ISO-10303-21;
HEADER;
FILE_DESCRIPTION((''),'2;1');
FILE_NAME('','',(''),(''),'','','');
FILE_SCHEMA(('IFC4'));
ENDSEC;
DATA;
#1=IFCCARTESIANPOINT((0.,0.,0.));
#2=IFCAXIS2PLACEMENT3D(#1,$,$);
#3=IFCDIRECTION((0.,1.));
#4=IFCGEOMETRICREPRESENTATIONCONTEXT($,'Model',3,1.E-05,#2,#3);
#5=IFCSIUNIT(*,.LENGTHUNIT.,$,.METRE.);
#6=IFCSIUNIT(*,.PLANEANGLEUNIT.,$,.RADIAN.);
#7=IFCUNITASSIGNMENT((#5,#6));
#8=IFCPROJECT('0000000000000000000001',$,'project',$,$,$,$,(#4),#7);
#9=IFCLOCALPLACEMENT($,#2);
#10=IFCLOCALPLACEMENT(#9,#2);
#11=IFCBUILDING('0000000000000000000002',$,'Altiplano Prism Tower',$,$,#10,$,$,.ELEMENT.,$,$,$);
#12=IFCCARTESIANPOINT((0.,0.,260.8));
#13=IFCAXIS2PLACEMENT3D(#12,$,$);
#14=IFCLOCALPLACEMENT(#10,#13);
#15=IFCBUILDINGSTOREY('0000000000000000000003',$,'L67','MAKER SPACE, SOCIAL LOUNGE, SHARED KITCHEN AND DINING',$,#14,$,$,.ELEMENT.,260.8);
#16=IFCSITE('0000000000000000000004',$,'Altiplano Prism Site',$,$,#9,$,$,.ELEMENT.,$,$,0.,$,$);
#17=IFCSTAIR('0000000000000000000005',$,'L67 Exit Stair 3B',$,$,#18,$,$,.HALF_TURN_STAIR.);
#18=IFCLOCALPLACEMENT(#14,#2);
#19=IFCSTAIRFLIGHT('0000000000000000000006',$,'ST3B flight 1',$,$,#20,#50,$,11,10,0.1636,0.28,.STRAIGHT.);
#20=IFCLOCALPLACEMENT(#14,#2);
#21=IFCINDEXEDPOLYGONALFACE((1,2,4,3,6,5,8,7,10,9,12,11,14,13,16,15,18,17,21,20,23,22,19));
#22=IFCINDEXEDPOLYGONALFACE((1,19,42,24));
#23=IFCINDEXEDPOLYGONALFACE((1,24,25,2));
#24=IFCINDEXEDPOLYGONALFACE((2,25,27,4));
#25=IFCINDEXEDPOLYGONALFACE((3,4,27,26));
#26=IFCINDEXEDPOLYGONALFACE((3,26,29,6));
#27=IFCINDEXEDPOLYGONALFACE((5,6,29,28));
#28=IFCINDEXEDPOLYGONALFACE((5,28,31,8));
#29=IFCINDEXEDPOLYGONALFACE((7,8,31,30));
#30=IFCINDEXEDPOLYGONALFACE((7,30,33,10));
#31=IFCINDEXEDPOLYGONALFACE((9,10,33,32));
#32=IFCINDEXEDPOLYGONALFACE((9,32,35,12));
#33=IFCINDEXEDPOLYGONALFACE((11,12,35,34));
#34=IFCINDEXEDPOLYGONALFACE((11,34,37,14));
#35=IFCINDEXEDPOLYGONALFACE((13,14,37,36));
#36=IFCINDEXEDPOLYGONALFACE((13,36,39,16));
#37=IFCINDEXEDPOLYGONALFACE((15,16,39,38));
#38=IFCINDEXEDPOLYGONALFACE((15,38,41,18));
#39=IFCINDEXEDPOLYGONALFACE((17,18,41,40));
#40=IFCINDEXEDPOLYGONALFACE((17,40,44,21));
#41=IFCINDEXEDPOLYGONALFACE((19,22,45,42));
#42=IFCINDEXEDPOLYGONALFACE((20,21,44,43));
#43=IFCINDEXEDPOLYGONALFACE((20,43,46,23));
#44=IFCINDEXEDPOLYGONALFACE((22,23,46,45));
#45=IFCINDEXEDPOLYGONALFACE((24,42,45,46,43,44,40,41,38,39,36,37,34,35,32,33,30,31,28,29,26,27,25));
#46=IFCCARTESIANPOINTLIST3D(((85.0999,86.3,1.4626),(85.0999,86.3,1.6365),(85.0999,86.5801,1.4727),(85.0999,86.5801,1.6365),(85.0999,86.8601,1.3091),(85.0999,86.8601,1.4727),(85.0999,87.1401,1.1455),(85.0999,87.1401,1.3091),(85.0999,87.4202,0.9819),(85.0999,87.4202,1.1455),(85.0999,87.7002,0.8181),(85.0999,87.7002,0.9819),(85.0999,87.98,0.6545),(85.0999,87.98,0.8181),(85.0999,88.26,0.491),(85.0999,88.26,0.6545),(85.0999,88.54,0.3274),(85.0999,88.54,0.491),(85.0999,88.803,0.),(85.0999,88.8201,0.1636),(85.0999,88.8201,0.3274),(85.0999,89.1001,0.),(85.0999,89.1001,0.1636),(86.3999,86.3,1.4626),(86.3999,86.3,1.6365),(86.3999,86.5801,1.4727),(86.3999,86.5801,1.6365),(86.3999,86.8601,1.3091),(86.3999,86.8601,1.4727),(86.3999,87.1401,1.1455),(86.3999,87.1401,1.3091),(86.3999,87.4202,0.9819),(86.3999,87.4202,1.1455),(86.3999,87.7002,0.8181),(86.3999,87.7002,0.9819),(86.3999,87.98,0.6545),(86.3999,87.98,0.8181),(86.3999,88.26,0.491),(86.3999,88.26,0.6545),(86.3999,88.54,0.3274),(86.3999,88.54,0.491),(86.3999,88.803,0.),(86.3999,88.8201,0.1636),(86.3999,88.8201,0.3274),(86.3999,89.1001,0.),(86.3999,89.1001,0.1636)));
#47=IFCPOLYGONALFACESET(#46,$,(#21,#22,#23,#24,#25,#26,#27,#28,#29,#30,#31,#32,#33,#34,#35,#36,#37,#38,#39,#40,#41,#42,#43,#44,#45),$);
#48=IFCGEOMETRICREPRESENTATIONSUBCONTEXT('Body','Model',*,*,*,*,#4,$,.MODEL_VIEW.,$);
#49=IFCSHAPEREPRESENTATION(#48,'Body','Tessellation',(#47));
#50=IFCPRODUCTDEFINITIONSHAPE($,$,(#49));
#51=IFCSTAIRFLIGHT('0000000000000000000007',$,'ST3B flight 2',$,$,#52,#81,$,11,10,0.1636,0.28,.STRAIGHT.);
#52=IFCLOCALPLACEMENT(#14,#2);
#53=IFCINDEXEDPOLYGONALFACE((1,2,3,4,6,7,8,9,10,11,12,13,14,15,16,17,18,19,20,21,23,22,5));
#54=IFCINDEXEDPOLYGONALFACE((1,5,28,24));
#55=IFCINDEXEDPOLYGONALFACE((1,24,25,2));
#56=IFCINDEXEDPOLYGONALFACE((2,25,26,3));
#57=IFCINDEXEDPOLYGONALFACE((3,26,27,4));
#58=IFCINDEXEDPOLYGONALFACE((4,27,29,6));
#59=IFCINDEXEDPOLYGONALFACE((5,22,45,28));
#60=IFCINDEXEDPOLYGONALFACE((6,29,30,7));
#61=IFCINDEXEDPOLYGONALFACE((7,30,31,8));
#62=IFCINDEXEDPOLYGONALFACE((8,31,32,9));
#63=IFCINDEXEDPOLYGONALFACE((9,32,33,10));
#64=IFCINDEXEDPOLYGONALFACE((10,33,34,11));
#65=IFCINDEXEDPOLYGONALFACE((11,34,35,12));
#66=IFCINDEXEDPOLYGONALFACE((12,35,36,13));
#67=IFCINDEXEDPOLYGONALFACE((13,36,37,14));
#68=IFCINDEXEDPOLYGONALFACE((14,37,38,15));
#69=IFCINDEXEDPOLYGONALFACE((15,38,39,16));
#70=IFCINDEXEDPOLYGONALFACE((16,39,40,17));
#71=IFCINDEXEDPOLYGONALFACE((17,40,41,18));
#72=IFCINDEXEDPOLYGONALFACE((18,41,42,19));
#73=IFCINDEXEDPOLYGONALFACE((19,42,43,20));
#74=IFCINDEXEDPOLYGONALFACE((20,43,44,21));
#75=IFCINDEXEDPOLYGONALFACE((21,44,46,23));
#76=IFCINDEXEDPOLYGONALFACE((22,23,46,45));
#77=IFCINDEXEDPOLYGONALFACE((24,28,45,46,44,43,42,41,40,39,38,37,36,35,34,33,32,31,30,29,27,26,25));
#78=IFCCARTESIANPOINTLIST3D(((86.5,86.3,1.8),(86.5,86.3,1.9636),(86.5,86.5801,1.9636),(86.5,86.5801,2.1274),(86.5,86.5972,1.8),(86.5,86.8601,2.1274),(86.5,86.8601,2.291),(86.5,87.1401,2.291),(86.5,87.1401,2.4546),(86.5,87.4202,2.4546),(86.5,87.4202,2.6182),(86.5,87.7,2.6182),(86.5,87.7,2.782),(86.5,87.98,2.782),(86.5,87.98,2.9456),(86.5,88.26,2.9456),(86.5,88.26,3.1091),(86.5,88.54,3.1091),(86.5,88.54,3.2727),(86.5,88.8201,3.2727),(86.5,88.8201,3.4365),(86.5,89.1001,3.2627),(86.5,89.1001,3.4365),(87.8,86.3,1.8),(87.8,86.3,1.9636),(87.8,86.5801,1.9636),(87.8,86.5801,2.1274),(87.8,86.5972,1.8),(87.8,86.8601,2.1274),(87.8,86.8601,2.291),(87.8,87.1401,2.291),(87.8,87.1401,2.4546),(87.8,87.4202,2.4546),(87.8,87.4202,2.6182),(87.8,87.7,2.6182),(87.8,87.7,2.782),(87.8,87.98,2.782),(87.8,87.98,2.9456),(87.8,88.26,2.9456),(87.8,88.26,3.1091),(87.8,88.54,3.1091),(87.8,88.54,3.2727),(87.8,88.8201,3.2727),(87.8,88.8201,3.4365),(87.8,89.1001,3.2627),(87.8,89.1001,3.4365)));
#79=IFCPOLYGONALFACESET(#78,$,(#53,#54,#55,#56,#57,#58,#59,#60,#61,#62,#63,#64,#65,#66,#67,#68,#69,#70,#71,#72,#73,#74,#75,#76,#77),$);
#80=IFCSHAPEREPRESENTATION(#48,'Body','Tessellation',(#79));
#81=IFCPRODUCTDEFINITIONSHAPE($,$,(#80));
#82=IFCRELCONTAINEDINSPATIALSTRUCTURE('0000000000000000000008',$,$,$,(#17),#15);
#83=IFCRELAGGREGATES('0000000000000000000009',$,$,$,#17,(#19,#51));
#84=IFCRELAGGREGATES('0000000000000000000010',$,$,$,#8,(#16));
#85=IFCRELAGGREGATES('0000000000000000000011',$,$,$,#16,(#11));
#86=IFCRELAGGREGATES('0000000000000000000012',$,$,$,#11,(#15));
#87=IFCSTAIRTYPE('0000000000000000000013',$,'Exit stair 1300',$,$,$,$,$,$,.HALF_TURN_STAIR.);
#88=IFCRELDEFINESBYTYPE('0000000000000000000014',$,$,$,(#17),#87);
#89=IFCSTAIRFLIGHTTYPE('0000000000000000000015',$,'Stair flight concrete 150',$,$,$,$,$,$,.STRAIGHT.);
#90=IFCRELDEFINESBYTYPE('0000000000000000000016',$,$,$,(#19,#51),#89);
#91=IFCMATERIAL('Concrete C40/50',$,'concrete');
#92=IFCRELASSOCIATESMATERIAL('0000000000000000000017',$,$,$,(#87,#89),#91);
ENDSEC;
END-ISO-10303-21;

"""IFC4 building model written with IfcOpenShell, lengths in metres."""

from ifc_helpers import new_model, si_unit, direction, frame, origin, place, context, subcontext, project, spatial, polyline, outline, extrude, material, type_object, element, aggregate, save


model = new_model("IFC4")

# Units and contexts
model_context = context("Model", 3, precision=1e-05, world=origin(), true_north=direction((0.0, 1.0)))
body_context = subcontext(model_context, "Body", "Model", "MODEL_VIEW")
ifc_project = project(units=[si_unit("LENGTHUNIT", "METRE"), si_unit("PLANEANGLEUNIT", "RADIAN")], contexts=[model_context])

# Site, building, storey
site_placement = place(None, origin())
site = spatial("IfcSite", under=ifc_project, at=site_placement, Name="Altiplano Prism Site", CompositionType="ELEMENT", RefElevation=0.0)
building_placement = place(site_placement, origin())
building = spatial("IfcBuilding", under=site, at=building_placement, Name="Altiplano Prism Tower", CompositionType="ELEMENT")
storey_placement = place(building_placement, frame((0.0, 0.0, 260.8)))
storey = spatial("IfcBuildingStorey", under=building, at=storey_placement, Name="L67", Description="MAKER SPACE, SOCIAL LOUNGE, SHARED KITCHEN AND DINING", CompositionType="ELEMENT", Elevation=260.8)

# Shared definitions
ifc_material_1 = material(Name="Concrete C40/50", Category="concrete")
stair_type = type_object("IfcStairType", Name="Exit stair 1300", PredefinedType="HALF_TURN_STAIR", material=ifc_material_1)
stair_flight_type = type_object("IfcStairFlightType", Name="Stair flight concrete 150", PredefinedType="STRAIGHT", material=ifc_material_1)

# Stair, stair flights
stair_1_placement = place(storey_placement, origin())
stair_1 = element("IfcStair", 1, at=stair_1_placement, inside=storey, type_object=stair_type, Name="L67 Exit Stair 3B", PredefinedType="HALF_TURN_STAIR")
stair_flight_1_placement = place(storey_placement, frame((85.75, 89.1001, 0.0), z_axis=(0.0, 0.0, 1.0), x_axis=(0.0, -1.0, 0.0)))
stair_flight_1 = element("IfcStairFlight", 2, at=stair_flight_1_placement, type_object=stair_flight_type, Name="ST3B flight 1", NumberOfRisers=11, NumberOfTreads=10, PredefinedType="STRAIGHT", RiserHeight=0.1636, TreadLength=0.28, context=body_context, shape_type="SweptSolid", body=[
    extrude(outline(polyline([(0.0, 0.0), (0.0, 0.1636), (0.28, 0.1636), (0.28, 0.3274), (0.5601, 0.3274), (0.5601, 0.491), (0.8401, 0.491), (0.8401, 0.6545), (1.1201, 0.6545), (1.1201, 0.8181), (1.3999, 0.8181), (1.3999, 0.9819), (1.6799, 0.9819), (1.6799, 1.1455), (1.96, 1.1455), (1.96, 1.3091), (2.24, 1.3091), (2.24, 1.4727), (2.52, 1.4727), (2.52, 1.6365), (2.8, 1.6365), (2.8, 1.8), (2.8, 1.4626), (0.2971, 0.0), (0.0, 0.0)])), frame((0.0, 0.6499, 0.0), z_axis=(0.0, -1.0, 0.0), x_axis=(1.0, 0.0, 0.0)), (0.0, 0.0, 1.0), 1.3),
])
stair_flight_2_placement = place(storey_placement, frame((87.1499, 86.3, 1.8), z_axis=(0.0, 0.0, 1.0), x_axis=(0.0, 1.0, 0.0)))
stair_flight_2 = element("IfcStairFlight", 3, at=stair_flight_2_placement, type_object=stair_flight_type, Name="ST3B flight 2", NumberOfRisers=11, NumberOfTreads=10, PredefinedType="STRAIGHT", RiserHeight=0.1636, TreadLength=0.28, context=body_context, shape_type="SweptSolid", body=[
    extrude(outline(polyline([(0.0, 0.0), (0.0, 0.1636), (0.28, 0.1636), (0.28, 0.3274), (0.5601, 0.3274), (0.5601, 0.491), (0.8401, 0.491), (0.8401, 0.6545), (1.1201, 0.6545), (1.1201, 0.8181), (1.3999, 0.8181), (1.3999, 0.9819), (1.6799, 0.9819), (1.6799, 1.1455), (1.96, 1.1455), (1.96, 1.3091), (2.24, 1.3091), (2.24, 1.4727), (2.52, 1.4727), (2.52, 1.6365), (2.8, 1.6365), (2.8, 1.8), (2.8, 1.4626), (0.2971, 0.0), (0.0, 0.0)])), frame((0.0, 0.6499, 0.0), z_axis=(0.0, -1.0, 0.0), x_axis=(1.0, 0.0, 0.0)), (0.0, 0.0, 1.0), 1.3),
])
aggregate(stair_1, [stair_flight_1, stair_flight_2])

save(model, "model.ifc")
